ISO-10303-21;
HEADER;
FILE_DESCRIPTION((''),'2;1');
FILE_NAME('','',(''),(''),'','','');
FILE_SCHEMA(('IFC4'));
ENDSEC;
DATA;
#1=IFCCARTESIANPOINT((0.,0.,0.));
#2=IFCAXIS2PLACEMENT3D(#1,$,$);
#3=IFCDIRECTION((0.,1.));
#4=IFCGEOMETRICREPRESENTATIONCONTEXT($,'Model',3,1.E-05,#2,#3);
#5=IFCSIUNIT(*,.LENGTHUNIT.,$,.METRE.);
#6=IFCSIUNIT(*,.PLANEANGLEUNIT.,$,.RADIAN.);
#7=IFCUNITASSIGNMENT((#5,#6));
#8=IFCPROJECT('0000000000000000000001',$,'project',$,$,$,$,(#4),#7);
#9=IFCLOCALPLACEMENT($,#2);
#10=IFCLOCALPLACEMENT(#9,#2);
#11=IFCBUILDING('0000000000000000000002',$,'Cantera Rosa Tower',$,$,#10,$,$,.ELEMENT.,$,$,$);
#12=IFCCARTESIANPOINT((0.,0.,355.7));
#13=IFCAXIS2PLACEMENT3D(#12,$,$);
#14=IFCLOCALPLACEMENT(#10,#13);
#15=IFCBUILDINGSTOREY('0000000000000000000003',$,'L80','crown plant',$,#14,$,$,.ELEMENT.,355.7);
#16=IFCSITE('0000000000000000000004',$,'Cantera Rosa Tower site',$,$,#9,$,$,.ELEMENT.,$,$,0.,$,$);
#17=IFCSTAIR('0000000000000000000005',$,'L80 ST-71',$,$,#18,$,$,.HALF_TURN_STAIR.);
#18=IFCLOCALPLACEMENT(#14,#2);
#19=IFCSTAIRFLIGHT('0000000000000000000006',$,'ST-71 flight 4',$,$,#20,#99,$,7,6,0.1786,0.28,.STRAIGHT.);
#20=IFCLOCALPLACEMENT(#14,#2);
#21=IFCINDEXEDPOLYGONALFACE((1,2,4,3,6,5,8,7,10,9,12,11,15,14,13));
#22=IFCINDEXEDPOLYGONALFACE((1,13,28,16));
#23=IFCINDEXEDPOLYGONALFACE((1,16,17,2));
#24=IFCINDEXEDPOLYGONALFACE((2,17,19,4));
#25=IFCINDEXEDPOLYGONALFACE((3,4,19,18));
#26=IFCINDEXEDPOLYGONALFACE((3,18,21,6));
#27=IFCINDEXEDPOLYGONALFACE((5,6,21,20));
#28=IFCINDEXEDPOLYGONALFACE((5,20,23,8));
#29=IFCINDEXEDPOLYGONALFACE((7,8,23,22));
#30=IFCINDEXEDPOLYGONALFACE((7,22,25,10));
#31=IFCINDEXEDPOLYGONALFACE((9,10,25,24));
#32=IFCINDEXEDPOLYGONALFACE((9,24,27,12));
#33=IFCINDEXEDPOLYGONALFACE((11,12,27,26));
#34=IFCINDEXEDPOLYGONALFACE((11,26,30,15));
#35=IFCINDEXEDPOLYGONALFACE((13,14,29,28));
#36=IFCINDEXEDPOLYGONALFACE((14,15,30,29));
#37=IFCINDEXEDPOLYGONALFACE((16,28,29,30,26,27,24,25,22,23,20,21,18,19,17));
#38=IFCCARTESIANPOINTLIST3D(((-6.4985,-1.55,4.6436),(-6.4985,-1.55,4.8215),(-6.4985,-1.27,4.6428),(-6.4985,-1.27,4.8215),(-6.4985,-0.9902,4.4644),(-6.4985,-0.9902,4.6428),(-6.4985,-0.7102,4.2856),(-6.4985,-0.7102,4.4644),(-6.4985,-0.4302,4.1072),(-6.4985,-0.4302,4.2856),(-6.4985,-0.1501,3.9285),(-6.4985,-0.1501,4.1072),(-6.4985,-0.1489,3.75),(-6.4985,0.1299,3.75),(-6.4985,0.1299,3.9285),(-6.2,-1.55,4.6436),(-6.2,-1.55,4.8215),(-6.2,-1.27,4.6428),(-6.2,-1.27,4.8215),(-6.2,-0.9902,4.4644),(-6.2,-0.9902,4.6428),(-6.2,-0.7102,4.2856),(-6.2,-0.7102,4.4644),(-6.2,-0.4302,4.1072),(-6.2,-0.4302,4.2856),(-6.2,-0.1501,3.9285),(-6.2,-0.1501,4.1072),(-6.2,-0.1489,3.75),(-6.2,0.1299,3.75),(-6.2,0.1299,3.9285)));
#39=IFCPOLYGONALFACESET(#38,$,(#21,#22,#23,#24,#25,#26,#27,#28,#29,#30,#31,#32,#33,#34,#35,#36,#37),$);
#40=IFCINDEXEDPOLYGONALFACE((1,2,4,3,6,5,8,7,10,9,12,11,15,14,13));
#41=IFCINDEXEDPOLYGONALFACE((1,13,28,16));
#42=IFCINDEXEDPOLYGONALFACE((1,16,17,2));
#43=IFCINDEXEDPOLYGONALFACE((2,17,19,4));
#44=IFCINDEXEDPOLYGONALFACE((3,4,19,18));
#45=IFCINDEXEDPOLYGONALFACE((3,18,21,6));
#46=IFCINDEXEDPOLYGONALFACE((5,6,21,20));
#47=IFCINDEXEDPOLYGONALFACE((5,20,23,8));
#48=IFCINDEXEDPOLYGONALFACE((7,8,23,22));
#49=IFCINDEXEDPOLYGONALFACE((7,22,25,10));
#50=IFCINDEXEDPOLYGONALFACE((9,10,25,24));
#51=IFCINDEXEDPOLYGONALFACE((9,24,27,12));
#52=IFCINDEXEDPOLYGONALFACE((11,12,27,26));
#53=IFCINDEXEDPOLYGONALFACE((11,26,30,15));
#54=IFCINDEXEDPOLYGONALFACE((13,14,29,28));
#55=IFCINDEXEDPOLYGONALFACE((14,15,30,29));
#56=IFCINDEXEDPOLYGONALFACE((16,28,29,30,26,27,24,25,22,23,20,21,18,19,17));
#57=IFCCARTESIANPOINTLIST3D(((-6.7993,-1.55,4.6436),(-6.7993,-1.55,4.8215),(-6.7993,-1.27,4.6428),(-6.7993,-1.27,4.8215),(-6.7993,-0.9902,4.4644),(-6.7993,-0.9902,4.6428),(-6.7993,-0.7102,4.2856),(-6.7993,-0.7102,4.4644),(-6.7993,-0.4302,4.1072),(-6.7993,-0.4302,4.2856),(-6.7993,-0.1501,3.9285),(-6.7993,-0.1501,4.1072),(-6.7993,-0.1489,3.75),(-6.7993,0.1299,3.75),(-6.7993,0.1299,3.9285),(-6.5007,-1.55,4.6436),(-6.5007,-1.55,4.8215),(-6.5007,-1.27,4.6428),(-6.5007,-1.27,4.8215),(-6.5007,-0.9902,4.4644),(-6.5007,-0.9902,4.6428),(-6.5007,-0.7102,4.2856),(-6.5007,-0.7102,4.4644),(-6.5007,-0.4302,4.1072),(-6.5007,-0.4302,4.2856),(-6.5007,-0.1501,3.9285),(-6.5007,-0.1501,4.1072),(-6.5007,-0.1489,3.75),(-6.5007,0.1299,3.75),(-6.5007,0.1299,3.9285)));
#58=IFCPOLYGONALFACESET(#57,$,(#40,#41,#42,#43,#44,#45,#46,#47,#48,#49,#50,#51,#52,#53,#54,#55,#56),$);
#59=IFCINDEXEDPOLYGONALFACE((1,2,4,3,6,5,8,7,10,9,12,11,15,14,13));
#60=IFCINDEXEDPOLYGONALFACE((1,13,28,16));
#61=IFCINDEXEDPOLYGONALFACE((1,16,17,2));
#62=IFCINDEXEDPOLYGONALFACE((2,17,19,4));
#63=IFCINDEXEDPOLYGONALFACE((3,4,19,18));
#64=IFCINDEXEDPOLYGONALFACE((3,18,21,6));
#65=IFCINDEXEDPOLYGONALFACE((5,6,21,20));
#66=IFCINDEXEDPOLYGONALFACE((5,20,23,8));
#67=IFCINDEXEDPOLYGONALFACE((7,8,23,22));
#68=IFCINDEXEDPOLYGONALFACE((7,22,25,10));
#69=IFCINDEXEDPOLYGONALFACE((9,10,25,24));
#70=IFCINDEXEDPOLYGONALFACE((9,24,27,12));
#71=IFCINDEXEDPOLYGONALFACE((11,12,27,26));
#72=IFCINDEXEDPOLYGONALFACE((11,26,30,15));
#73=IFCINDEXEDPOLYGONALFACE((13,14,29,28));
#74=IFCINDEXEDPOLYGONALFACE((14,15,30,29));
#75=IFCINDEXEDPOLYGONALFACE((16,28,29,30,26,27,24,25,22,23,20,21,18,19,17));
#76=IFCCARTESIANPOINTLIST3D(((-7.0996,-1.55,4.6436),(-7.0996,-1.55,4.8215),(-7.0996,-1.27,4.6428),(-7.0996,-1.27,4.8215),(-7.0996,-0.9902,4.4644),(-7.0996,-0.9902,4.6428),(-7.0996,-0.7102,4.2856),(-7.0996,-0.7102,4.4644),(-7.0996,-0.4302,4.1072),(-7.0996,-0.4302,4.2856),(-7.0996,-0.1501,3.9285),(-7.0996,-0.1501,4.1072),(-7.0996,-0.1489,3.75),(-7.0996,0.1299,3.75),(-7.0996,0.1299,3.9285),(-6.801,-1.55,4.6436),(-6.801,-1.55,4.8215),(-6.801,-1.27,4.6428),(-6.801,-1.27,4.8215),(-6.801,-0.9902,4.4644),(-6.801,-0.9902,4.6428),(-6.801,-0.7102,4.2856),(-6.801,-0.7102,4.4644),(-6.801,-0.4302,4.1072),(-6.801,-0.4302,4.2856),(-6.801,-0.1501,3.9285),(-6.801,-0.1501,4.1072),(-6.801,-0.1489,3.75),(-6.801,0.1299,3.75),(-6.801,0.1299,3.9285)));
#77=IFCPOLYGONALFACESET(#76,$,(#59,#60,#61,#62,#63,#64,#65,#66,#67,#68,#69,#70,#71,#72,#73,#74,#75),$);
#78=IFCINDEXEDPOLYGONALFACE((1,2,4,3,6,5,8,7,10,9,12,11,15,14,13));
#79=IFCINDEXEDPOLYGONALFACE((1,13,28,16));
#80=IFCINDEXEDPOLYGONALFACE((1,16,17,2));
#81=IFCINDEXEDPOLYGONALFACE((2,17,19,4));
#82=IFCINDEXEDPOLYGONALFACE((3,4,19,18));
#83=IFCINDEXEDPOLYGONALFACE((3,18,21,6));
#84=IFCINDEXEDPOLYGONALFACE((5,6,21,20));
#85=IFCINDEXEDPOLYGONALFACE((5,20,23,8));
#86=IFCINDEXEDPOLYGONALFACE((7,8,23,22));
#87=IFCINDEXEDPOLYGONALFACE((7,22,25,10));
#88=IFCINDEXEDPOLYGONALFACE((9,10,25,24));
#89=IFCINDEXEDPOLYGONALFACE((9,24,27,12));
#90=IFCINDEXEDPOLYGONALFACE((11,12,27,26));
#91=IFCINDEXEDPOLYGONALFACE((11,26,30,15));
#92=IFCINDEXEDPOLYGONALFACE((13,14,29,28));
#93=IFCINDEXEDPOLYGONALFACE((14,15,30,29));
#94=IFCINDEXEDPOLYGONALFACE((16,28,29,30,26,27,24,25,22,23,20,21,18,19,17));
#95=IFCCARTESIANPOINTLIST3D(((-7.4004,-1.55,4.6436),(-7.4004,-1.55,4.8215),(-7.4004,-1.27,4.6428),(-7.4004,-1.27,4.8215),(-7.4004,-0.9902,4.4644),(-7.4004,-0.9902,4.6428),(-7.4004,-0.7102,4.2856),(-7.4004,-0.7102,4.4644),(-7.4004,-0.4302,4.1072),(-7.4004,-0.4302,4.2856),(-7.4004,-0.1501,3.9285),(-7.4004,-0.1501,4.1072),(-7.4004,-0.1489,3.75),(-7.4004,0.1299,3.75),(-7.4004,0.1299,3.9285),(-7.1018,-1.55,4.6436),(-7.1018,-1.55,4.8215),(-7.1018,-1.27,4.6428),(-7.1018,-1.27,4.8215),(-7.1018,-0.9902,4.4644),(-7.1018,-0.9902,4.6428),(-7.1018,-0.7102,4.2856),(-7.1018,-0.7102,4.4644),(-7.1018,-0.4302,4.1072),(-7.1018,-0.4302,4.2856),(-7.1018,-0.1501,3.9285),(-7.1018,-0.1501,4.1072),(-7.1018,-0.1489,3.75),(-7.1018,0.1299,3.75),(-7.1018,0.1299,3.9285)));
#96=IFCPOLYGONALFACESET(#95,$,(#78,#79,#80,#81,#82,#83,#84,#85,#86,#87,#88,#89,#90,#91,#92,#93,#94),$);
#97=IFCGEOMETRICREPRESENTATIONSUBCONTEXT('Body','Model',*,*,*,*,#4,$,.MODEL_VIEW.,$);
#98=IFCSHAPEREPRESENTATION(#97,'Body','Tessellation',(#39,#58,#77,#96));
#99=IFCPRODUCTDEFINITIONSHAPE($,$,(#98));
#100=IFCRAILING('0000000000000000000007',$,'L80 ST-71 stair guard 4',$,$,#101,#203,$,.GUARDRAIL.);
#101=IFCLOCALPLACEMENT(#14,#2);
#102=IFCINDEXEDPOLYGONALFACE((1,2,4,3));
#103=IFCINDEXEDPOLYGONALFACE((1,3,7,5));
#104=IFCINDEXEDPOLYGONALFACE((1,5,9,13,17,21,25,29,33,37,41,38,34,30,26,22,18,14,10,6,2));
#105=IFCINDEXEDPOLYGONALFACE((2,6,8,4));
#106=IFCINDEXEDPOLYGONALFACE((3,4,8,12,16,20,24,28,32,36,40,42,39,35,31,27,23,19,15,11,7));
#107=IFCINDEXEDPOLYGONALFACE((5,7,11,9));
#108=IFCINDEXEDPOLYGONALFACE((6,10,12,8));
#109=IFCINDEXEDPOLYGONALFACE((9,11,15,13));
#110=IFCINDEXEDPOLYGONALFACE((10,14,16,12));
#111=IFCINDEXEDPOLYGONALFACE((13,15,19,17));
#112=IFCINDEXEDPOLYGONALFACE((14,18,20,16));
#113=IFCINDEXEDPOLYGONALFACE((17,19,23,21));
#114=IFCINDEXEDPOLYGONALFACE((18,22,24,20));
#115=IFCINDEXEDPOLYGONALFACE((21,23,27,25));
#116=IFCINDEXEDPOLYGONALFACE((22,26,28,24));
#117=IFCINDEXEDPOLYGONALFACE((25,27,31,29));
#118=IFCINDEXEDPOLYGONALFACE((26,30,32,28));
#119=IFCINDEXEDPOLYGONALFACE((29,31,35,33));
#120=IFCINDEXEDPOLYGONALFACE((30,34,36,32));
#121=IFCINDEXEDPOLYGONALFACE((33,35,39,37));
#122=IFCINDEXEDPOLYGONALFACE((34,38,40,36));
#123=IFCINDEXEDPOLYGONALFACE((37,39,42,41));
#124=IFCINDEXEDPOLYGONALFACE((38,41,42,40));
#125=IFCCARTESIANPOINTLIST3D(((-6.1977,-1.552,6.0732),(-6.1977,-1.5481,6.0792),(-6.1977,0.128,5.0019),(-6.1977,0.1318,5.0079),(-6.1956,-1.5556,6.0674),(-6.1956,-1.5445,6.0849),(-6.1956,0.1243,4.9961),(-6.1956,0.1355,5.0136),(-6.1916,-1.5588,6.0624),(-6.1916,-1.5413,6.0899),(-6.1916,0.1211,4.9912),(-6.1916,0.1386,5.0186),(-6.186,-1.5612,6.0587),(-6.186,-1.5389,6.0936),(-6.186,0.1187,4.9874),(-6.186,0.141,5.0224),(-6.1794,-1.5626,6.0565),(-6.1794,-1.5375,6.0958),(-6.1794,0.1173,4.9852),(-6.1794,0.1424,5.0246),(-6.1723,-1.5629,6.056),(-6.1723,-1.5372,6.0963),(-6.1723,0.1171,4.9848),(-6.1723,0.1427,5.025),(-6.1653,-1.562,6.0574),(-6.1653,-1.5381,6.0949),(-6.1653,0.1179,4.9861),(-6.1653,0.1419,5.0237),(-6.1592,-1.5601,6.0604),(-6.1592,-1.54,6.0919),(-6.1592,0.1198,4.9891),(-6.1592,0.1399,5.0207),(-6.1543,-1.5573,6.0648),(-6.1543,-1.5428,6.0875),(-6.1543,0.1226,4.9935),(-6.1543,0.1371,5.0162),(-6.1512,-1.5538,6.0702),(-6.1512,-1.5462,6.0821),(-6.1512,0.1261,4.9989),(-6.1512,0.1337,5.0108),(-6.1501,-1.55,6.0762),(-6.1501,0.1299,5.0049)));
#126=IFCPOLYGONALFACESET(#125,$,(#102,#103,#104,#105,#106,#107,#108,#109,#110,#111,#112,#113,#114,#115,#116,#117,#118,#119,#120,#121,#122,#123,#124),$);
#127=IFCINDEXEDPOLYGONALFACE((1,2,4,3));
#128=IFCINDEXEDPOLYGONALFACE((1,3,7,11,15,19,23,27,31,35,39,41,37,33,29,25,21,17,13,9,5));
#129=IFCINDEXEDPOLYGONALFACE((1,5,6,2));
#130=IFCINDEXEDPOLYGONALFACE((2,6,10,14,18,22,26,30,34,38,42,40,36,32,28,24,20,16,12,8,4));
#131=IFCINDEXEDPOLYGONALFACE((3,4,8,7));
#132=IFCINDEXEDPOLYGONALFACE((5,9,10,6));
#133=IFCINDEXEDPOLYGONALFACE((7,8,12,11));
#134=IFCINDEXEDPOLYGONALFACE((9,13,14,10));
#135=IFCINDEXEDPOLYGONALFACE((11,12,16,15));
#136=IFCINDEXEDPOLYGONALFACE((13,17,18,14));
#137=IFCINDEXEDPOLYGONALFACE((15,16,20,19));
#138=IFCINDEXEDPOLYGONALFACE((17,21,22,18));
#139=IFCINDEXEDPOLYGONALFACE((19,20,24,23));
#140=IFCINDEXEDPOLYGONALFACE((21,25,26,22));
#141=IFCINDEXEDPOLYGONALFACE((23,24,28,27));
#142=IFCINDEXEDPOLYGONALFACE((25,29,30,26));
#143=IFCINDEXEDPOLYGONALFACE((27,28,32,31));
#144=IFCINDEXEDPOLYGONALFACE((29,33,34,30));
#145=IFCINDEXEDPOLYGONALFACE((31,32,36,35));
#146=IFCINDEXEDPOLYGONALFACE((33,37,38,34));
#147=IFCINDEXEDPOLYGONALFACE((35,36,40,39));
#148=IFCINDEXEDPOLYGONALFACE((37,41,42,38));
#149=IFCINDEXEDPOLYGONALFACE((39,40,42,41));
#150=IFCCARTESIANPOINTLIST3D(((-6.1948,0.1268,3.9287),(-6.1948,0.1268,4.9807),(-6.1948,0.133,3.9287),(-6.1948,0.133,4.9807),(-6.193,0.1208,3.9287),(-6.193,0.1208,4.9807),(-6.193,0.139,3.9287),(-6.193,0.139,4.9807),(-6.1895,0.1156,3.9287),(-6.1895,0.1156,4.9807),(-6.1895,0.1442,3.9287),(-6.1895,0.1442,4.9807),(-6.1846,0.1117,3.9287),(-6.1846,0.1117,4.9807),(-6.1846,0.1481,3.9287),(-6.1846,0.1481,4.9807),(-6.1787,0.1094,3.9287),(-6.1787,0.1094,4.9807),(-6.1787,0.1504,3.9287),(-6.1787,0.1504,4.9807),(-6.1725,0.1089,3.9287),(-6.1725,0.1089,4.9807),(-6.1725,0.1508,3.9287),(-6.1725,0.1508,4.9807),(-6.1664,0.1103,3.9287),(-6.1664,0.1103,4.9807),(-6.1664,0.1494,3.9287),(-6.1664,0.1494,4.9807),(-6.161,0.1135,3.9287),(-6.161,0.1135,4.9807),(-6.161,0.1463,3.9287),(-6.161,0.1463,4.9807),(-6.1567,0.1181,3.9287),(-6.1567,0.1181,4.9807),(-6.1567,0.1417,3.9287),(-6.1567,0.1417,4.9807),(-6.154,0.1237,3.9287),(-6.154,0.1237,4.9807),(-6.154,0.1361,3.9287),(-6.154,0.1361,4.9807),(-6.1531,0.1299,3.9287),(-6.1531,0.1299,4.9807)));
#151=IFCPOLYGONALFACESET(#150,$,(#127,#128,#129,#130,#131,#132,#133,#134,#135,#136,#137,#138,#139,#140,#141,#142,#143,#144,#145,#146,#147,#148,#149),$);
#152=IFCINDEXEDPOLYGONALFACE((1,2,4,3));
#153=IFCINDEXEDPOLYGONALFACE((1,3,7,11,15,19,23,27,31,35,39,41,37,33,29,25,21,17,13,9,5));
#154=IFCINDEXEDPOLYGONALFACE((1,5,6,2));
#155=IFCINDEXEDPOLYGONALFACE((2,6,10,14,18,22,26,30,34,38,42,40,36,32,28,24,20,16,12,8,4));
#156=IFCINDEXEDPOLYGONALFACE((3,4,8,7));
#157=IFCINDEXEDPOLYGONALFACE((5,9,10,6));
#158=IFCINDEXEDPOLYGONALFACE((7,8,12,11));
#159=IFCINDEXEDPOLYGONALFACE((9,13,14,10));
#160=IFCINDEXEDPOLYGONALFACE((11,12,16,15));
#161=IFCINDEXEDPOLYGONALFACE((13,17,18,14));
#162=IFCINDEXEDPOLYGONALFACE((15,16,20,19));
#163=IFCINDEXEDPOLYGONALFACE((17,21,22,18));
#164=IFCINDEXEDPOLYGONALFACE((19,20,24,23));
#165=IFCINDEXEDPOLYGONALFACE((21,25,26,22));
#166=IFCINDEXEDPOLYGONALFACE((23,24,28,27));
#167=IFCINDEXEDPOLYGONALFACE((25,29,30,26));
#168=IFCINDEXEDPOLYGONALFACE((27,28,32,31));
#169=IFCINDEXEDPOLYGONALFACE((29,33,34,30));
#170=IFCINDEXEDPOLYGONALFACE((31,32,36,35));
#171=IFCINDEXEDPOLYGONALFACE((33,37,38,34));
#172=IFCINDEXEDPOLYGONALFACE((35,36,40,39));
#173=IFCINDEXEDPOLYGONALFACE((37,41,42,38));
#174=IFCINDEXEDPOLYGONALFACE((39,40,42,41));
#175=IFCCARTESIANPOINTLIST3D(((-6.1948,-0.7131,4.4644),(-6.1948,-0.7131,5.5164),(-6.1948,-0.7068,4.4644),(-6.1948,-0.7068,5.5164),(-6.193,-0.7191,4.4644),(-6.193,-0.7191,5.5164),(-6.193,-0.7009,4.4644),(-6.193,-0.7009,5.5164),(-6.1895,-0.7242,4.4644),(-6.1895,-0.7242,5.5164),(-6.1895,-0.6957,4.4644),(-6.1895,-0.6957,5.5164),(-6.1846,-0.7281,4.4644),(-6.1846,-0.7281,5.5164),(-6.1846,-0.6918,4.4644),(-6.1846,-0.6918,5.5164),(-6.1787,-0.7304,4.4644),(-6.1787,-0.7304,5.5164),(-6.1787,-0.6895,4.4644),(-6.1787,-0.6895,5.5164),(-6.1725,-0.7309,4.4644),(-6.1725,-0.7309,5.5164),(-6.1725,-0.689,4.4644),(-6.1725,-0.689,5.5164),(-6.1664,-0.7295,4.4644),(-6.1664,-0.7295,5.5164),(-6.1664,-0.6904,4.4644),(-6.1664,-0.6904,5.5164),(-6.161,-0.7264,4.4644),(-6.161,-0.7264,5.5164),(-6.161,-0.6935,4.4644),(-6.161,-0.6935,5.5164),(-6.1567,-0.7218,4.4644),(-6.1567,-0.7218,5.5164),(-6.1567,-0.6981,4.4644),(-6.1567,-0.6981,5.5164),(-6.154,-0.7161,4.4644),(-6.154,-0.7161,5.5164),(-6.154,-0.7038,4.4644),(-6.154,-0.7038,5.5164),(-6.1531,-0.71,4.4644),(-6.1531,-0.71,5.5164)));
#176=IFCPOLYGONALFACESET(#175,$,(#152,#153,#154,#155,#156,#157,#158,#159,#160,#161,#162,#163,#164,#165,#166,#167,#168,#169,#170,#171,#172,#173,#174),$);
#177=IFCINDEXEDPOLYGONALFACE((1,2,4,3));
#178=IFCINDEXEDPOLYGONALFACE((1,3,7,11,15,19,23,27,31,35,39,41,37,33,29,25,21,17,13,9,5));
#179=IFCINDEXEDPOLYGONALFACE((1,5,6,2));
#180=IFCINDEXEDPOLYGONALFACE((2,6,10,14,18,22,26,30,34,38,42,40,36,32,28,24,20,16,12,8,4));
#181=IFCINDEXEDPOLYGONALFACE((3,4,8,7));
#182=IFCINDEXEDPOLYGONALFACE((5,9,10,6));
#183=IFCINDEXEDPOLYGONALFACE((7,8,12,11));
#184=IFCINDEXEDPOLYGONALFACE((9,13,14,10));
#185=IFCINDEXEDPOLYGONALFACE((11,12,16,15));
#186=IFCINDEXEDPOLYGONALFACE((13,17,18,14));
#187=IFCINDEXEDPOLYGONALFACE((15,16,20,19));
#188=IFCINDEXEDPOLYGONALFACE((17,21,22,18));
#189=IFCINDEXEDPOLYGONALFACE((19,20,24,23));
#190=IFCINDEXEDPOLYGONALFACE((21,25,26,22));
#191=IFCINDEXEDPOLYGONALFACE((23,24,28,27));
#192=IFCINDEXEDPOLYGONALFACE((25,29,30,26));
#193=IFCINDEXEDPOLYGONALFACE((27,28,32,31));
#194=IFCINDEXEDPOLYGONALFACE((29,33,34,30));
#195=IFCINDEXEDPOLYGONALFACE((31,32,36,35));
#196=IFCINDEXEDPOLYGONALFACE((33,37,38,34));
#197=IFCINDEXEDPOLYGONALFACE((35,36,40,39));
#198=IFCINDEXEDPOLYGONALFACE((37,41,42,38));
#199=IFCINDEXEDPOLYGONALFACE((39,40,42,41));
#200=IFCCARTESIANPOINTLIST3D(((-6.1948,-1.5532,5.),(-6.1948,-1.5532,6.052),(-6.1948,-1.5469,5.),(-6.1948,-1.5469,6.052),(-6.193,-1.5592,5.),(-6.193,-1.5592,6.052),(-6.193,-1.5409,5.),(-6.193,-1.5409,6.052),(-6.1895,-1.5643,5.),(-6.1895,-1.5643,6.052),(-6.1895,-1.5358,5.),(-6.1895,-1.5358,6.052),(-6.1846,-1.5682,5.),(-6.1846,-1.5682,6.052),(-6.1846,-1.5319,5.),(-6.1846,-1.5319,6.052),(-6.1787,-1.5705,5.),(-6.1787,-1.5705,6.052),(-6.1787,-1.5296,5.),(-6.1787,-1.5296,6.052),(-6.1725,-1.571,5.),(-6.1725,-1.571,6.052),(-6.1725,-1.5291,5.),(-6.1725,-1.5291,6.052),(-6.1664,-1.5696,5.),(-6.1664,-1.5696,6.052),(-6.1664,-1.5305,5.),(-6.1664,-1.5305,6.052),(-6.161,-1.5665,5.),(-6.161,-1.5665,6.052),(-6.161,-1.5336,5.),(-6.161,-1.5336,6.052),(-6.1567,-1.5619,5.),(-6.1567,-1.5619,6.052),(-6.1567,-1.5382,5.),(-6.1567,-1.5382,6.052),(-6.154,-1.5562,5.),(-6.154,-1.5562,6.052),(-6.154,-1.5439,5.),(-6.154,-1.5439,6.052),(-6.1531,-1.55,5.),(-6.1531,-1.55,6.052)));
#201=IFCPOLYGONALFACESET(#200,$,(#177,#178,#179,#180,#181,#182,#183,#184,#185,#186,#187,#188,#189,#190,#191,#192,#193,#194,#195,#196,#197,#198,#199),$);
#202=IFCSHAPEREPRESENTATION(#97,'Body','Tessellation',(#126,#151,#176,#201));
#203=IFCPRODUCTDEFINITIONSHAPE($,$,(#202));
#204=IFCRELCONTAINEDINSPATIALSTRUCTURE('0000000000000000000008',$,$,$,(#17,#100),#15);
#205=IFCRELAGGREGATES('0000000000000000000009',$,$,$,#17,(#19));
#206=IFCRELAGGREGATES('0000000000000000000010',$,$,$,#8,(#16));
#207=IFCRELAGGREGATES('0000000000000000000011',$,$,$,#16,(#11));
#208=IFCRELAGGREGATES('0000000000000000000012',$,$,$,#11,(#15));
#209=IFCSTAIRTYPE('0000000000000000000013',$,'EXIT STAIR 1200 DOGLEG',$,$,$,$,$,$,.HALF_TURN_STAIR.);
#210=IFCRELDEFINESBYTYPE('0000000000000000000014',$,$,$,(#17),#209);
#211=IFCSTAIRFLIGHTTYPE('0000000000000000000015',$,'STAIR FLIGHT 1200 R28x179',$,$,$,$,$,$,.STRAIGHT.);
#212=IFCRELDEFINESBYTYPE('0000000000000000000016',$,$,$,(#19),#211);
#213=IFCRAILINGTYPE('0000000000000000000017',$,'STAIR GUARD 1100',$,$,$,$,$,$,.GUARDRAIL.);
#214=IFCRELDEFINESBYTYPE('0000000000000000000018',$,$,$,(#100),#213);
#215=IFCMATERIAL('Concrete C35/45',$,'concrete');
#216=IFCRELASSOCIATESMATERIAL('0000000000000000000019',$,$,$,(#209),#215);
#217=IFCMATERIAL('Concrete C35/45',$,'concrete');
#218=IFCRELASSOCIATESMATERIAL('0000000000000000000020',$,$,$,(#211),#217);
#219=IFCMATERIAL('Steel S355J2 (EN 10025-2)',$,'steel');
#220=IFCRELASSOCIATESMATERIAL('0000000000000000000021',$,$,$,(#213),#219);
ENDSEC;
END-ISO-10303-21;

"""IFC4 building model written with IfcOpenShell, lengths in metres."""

from ifc_helpers import new_model, si_unit, direction, frame, origin, origin_2d, place, context, subcontext, project, spatial, polyline, circle, outline, extrude, material, type_object, element, aggregate, save


model = new_model("IFC4")

# Units and contexts
model_context = context("Model", 3, precision=1e-05, world=origin(), true_north=direction((0.0, 1.0)))
body_context = subcontext(model_context, "Body", "Model", "MODEL_VIEW")
ifc_project = project(units=[si_unit("LENGTHUNIT", "METRE"), si_unit("PLANEANGLEUNIT", "RADIAN")], contexts=[model_context])

# Site, building, storey
site_placement = place(None, origin())
site = spatial("IfcSite", under=ifc_project, at=site_placement, Name="Cantera Rosa Tower site", CompositionType="ELEMENT", RefElevation=0.0)
building_placement = place(site_placement, origin())
building = spatial("IfcBuilding", under=site, at=building_placement, Name="Cantera Rosa Tower", CompositionType="ELEMENT")
storey_placement = place(building_placement, frame((0.0, 0.0, 355.7)))
storey = spatial("IfcBuildingStorey", under=building, at=storey_placement, Name="L80", Description="crown plant", CompositionType="ELEMENT", Elevation=355.7)

# Stair, stair flight
ifc_material_1 = material(Name="Concrete C35/45", Category="concrete")
stair_type = type_object("IfcStairType", Name="EXIT STAIR 1200 DOGLEG", PredefinedType="HALF_TURN_STAIR", material=ifc_material_1)
stair_placement = place(storey_placement, origin())
stair = element("IfcStair", 1, at=stair_placement, inside=storey, type_object=stair_type, Name="L80 ST-71", PredefinedType="HALF_TURN_STAIR")
ifc_material_2 = material(Name="Concrete C35/45", Category="concrete")
stair_flight_type = type_object("IfcStairFlightType", Name="STAIR FLIGHT 1200 R28x179", PredefinedType="STRAIGHT", material=ifc_material_2)
stair_flight_1_placement = place(storey_placement, frame((-6.8, 0.1299, 3.75), z_axis=(0.0, 0.0, 1.0), x_axis=(0.0, -1.0, 0.0)))
stair_flight_1 = element("IfcStairFlight", 2, at=stair_flight_1_placement, type_object=stair_flight_type, Name="ST-71 flight 4", NumberOfRisers=7, NumberOfTreads=6, PredefinedType="STRAIGHT", RiserHeight=0.1786, TreadLength=0.28, context=body_context, shape_type="SweptSolid", body=[
    extrude(outline(polyline([(0.0, 0.0), (0.0, 0.1785), (0.28, 0.1785), (0.28, 0.3572), (0.5601, 0.3572), (0.5601, 0.5356), (0.8401, 0.5356), (0.8401, 0.7144), (1.1201, 0.7144), (1.1201, 0.8928), (1.3999, 0.8928), (1.3999, 1.0715), (1.6799, 1.0715), (1.6799, 1.25), (1.6799, 0.8936), (0.2788, 0.0), (0.0, 0.0)])), frame((0.0, 0.6001, 0.0), z_axis=(0.0, -1.0, 0.0), x_axis=(1.0, 0.0, 0.0)), (0.0, 0.0, 1.0), 0.2986),
    extrude(outline(polyline([(0.0, 0.0), (0.0, 0.1785), (0.28, 0.1785), (0.28, 0.3572), (0.5601, 0.3572), (0.5601, 0.5356), (0.8401, 0.5356), (0.8401, 0.7144), (1.1201, 0.7144), (1.1201, 0.8928), (1.3999, 0.8928), (1.3999, 1.0715), (1.6799, 1.0715), (1.6799, 1.25), (1.6799, 0.8936), (0.2788, 0.0), (0.0, 0.0)])), frame((0.0, 0.2993, 0.0), z_axis=(0.0, -1.0, 0.0), x_axis=(1.0, 0.0, 0.0)), (0.0, 0.0, 1.0), 0.2986),
    extrude(outline(polyline([(0.0, 0.0), (0.0, 0.1785), (0.28, 0.1785), (0.28, 0.3572), (0.5601, 0.3572), (0.5601, 0.5356), (0.8401, 0.5356), (0.8401, 0.7144), (1.1201, 0.7144), (1.1201, 0.8928), (1.3999, 0.8928), (1.3999, 1.0715), (1.6799, 1.0715), (1.6799, 1.25), (1.6799, 0.8936), (0.2788, 0.0), (0.0, 0.0)])), frame((0.0, -0.001, 0.0), z_axis=(0.0, -1.0, 0.0), x_axis=(1.0, 0.0, 0.0)), (0.0, 0.0, 1.0), 0.2986),
    extrude(outline(polyline([(0.0, 0.0), (0.0, 0.1785), (0.28, 0.1785), (0.28, 0.3572), (0.5601, 0.3572), (0.5601, 0.5356), (0.8401, 0.5356), (0.8401, 0.7144), (1.1201, 0.7144), (1.1201, 0.8928), (1.3999, 0.8928), (1.3999, 1.0715), (1.6799, 1.0715), (1.6799, 1.25), (1.6799, 0.8936), (0.2788, 0.0), (0.0, 0.0)])), frame((0.0, -0.3018, 0.0), z_axis=(0.0, -1.0, 0.0), x_axis=(1.0, 0.0, 0.0)), (0.0, 0.0, 1.0), 0.2986),
])
aggregate(stair, [stair_flight_1])

# Railing
ifc_material_3 = material(Name="Steel S355J2 (EN 10025-2)", Category="steel")
railing_type_1 = type_object("IfcRailingType", Name="STAIR GUARD 1100", PredefinedType="GUARDRAIL", material=ifc_material_3)
railing_1_placement = place(storey_placement, frame((-6.1741, 0.1299, 3.9287)))
element("IfcRailing", 3, at=railing_1_placement, inside=storey, type_object=railing_type_1, Name="L80 ST-71 stair guard 4", PredefinedType="GUARDRAIL", context=body_context, shape_type="SweptSolid", body=[
    extrude(circle(Radius=0.0239, at=origin_2d()), frame((0.0, 0.0, 1.0762), z_axis=(0.0, -0.843152, 0.537676), x_axis=(1.0, 0.0, 0.0)), (0.0, 0.0, 1.0), 1.9924),
    extrude(circle(Radius=0.021, at=origin_2d()), origin(), (0.0, 0.0, 1.0), 1.052),
    extrude(circle(Radius=0.021, at=origin_2d()), frame((0.0, -0.8398, 0.5356)), (0.0, 0.0, 1.0), 1.052),
    extrude(circle(Radius=0.021, at=origin_2d()), frame((0.0, -1.6799, 1.0713)), (0.0, 0.0, 1.0), 1.052),
])

save(model, "model.ifc")
